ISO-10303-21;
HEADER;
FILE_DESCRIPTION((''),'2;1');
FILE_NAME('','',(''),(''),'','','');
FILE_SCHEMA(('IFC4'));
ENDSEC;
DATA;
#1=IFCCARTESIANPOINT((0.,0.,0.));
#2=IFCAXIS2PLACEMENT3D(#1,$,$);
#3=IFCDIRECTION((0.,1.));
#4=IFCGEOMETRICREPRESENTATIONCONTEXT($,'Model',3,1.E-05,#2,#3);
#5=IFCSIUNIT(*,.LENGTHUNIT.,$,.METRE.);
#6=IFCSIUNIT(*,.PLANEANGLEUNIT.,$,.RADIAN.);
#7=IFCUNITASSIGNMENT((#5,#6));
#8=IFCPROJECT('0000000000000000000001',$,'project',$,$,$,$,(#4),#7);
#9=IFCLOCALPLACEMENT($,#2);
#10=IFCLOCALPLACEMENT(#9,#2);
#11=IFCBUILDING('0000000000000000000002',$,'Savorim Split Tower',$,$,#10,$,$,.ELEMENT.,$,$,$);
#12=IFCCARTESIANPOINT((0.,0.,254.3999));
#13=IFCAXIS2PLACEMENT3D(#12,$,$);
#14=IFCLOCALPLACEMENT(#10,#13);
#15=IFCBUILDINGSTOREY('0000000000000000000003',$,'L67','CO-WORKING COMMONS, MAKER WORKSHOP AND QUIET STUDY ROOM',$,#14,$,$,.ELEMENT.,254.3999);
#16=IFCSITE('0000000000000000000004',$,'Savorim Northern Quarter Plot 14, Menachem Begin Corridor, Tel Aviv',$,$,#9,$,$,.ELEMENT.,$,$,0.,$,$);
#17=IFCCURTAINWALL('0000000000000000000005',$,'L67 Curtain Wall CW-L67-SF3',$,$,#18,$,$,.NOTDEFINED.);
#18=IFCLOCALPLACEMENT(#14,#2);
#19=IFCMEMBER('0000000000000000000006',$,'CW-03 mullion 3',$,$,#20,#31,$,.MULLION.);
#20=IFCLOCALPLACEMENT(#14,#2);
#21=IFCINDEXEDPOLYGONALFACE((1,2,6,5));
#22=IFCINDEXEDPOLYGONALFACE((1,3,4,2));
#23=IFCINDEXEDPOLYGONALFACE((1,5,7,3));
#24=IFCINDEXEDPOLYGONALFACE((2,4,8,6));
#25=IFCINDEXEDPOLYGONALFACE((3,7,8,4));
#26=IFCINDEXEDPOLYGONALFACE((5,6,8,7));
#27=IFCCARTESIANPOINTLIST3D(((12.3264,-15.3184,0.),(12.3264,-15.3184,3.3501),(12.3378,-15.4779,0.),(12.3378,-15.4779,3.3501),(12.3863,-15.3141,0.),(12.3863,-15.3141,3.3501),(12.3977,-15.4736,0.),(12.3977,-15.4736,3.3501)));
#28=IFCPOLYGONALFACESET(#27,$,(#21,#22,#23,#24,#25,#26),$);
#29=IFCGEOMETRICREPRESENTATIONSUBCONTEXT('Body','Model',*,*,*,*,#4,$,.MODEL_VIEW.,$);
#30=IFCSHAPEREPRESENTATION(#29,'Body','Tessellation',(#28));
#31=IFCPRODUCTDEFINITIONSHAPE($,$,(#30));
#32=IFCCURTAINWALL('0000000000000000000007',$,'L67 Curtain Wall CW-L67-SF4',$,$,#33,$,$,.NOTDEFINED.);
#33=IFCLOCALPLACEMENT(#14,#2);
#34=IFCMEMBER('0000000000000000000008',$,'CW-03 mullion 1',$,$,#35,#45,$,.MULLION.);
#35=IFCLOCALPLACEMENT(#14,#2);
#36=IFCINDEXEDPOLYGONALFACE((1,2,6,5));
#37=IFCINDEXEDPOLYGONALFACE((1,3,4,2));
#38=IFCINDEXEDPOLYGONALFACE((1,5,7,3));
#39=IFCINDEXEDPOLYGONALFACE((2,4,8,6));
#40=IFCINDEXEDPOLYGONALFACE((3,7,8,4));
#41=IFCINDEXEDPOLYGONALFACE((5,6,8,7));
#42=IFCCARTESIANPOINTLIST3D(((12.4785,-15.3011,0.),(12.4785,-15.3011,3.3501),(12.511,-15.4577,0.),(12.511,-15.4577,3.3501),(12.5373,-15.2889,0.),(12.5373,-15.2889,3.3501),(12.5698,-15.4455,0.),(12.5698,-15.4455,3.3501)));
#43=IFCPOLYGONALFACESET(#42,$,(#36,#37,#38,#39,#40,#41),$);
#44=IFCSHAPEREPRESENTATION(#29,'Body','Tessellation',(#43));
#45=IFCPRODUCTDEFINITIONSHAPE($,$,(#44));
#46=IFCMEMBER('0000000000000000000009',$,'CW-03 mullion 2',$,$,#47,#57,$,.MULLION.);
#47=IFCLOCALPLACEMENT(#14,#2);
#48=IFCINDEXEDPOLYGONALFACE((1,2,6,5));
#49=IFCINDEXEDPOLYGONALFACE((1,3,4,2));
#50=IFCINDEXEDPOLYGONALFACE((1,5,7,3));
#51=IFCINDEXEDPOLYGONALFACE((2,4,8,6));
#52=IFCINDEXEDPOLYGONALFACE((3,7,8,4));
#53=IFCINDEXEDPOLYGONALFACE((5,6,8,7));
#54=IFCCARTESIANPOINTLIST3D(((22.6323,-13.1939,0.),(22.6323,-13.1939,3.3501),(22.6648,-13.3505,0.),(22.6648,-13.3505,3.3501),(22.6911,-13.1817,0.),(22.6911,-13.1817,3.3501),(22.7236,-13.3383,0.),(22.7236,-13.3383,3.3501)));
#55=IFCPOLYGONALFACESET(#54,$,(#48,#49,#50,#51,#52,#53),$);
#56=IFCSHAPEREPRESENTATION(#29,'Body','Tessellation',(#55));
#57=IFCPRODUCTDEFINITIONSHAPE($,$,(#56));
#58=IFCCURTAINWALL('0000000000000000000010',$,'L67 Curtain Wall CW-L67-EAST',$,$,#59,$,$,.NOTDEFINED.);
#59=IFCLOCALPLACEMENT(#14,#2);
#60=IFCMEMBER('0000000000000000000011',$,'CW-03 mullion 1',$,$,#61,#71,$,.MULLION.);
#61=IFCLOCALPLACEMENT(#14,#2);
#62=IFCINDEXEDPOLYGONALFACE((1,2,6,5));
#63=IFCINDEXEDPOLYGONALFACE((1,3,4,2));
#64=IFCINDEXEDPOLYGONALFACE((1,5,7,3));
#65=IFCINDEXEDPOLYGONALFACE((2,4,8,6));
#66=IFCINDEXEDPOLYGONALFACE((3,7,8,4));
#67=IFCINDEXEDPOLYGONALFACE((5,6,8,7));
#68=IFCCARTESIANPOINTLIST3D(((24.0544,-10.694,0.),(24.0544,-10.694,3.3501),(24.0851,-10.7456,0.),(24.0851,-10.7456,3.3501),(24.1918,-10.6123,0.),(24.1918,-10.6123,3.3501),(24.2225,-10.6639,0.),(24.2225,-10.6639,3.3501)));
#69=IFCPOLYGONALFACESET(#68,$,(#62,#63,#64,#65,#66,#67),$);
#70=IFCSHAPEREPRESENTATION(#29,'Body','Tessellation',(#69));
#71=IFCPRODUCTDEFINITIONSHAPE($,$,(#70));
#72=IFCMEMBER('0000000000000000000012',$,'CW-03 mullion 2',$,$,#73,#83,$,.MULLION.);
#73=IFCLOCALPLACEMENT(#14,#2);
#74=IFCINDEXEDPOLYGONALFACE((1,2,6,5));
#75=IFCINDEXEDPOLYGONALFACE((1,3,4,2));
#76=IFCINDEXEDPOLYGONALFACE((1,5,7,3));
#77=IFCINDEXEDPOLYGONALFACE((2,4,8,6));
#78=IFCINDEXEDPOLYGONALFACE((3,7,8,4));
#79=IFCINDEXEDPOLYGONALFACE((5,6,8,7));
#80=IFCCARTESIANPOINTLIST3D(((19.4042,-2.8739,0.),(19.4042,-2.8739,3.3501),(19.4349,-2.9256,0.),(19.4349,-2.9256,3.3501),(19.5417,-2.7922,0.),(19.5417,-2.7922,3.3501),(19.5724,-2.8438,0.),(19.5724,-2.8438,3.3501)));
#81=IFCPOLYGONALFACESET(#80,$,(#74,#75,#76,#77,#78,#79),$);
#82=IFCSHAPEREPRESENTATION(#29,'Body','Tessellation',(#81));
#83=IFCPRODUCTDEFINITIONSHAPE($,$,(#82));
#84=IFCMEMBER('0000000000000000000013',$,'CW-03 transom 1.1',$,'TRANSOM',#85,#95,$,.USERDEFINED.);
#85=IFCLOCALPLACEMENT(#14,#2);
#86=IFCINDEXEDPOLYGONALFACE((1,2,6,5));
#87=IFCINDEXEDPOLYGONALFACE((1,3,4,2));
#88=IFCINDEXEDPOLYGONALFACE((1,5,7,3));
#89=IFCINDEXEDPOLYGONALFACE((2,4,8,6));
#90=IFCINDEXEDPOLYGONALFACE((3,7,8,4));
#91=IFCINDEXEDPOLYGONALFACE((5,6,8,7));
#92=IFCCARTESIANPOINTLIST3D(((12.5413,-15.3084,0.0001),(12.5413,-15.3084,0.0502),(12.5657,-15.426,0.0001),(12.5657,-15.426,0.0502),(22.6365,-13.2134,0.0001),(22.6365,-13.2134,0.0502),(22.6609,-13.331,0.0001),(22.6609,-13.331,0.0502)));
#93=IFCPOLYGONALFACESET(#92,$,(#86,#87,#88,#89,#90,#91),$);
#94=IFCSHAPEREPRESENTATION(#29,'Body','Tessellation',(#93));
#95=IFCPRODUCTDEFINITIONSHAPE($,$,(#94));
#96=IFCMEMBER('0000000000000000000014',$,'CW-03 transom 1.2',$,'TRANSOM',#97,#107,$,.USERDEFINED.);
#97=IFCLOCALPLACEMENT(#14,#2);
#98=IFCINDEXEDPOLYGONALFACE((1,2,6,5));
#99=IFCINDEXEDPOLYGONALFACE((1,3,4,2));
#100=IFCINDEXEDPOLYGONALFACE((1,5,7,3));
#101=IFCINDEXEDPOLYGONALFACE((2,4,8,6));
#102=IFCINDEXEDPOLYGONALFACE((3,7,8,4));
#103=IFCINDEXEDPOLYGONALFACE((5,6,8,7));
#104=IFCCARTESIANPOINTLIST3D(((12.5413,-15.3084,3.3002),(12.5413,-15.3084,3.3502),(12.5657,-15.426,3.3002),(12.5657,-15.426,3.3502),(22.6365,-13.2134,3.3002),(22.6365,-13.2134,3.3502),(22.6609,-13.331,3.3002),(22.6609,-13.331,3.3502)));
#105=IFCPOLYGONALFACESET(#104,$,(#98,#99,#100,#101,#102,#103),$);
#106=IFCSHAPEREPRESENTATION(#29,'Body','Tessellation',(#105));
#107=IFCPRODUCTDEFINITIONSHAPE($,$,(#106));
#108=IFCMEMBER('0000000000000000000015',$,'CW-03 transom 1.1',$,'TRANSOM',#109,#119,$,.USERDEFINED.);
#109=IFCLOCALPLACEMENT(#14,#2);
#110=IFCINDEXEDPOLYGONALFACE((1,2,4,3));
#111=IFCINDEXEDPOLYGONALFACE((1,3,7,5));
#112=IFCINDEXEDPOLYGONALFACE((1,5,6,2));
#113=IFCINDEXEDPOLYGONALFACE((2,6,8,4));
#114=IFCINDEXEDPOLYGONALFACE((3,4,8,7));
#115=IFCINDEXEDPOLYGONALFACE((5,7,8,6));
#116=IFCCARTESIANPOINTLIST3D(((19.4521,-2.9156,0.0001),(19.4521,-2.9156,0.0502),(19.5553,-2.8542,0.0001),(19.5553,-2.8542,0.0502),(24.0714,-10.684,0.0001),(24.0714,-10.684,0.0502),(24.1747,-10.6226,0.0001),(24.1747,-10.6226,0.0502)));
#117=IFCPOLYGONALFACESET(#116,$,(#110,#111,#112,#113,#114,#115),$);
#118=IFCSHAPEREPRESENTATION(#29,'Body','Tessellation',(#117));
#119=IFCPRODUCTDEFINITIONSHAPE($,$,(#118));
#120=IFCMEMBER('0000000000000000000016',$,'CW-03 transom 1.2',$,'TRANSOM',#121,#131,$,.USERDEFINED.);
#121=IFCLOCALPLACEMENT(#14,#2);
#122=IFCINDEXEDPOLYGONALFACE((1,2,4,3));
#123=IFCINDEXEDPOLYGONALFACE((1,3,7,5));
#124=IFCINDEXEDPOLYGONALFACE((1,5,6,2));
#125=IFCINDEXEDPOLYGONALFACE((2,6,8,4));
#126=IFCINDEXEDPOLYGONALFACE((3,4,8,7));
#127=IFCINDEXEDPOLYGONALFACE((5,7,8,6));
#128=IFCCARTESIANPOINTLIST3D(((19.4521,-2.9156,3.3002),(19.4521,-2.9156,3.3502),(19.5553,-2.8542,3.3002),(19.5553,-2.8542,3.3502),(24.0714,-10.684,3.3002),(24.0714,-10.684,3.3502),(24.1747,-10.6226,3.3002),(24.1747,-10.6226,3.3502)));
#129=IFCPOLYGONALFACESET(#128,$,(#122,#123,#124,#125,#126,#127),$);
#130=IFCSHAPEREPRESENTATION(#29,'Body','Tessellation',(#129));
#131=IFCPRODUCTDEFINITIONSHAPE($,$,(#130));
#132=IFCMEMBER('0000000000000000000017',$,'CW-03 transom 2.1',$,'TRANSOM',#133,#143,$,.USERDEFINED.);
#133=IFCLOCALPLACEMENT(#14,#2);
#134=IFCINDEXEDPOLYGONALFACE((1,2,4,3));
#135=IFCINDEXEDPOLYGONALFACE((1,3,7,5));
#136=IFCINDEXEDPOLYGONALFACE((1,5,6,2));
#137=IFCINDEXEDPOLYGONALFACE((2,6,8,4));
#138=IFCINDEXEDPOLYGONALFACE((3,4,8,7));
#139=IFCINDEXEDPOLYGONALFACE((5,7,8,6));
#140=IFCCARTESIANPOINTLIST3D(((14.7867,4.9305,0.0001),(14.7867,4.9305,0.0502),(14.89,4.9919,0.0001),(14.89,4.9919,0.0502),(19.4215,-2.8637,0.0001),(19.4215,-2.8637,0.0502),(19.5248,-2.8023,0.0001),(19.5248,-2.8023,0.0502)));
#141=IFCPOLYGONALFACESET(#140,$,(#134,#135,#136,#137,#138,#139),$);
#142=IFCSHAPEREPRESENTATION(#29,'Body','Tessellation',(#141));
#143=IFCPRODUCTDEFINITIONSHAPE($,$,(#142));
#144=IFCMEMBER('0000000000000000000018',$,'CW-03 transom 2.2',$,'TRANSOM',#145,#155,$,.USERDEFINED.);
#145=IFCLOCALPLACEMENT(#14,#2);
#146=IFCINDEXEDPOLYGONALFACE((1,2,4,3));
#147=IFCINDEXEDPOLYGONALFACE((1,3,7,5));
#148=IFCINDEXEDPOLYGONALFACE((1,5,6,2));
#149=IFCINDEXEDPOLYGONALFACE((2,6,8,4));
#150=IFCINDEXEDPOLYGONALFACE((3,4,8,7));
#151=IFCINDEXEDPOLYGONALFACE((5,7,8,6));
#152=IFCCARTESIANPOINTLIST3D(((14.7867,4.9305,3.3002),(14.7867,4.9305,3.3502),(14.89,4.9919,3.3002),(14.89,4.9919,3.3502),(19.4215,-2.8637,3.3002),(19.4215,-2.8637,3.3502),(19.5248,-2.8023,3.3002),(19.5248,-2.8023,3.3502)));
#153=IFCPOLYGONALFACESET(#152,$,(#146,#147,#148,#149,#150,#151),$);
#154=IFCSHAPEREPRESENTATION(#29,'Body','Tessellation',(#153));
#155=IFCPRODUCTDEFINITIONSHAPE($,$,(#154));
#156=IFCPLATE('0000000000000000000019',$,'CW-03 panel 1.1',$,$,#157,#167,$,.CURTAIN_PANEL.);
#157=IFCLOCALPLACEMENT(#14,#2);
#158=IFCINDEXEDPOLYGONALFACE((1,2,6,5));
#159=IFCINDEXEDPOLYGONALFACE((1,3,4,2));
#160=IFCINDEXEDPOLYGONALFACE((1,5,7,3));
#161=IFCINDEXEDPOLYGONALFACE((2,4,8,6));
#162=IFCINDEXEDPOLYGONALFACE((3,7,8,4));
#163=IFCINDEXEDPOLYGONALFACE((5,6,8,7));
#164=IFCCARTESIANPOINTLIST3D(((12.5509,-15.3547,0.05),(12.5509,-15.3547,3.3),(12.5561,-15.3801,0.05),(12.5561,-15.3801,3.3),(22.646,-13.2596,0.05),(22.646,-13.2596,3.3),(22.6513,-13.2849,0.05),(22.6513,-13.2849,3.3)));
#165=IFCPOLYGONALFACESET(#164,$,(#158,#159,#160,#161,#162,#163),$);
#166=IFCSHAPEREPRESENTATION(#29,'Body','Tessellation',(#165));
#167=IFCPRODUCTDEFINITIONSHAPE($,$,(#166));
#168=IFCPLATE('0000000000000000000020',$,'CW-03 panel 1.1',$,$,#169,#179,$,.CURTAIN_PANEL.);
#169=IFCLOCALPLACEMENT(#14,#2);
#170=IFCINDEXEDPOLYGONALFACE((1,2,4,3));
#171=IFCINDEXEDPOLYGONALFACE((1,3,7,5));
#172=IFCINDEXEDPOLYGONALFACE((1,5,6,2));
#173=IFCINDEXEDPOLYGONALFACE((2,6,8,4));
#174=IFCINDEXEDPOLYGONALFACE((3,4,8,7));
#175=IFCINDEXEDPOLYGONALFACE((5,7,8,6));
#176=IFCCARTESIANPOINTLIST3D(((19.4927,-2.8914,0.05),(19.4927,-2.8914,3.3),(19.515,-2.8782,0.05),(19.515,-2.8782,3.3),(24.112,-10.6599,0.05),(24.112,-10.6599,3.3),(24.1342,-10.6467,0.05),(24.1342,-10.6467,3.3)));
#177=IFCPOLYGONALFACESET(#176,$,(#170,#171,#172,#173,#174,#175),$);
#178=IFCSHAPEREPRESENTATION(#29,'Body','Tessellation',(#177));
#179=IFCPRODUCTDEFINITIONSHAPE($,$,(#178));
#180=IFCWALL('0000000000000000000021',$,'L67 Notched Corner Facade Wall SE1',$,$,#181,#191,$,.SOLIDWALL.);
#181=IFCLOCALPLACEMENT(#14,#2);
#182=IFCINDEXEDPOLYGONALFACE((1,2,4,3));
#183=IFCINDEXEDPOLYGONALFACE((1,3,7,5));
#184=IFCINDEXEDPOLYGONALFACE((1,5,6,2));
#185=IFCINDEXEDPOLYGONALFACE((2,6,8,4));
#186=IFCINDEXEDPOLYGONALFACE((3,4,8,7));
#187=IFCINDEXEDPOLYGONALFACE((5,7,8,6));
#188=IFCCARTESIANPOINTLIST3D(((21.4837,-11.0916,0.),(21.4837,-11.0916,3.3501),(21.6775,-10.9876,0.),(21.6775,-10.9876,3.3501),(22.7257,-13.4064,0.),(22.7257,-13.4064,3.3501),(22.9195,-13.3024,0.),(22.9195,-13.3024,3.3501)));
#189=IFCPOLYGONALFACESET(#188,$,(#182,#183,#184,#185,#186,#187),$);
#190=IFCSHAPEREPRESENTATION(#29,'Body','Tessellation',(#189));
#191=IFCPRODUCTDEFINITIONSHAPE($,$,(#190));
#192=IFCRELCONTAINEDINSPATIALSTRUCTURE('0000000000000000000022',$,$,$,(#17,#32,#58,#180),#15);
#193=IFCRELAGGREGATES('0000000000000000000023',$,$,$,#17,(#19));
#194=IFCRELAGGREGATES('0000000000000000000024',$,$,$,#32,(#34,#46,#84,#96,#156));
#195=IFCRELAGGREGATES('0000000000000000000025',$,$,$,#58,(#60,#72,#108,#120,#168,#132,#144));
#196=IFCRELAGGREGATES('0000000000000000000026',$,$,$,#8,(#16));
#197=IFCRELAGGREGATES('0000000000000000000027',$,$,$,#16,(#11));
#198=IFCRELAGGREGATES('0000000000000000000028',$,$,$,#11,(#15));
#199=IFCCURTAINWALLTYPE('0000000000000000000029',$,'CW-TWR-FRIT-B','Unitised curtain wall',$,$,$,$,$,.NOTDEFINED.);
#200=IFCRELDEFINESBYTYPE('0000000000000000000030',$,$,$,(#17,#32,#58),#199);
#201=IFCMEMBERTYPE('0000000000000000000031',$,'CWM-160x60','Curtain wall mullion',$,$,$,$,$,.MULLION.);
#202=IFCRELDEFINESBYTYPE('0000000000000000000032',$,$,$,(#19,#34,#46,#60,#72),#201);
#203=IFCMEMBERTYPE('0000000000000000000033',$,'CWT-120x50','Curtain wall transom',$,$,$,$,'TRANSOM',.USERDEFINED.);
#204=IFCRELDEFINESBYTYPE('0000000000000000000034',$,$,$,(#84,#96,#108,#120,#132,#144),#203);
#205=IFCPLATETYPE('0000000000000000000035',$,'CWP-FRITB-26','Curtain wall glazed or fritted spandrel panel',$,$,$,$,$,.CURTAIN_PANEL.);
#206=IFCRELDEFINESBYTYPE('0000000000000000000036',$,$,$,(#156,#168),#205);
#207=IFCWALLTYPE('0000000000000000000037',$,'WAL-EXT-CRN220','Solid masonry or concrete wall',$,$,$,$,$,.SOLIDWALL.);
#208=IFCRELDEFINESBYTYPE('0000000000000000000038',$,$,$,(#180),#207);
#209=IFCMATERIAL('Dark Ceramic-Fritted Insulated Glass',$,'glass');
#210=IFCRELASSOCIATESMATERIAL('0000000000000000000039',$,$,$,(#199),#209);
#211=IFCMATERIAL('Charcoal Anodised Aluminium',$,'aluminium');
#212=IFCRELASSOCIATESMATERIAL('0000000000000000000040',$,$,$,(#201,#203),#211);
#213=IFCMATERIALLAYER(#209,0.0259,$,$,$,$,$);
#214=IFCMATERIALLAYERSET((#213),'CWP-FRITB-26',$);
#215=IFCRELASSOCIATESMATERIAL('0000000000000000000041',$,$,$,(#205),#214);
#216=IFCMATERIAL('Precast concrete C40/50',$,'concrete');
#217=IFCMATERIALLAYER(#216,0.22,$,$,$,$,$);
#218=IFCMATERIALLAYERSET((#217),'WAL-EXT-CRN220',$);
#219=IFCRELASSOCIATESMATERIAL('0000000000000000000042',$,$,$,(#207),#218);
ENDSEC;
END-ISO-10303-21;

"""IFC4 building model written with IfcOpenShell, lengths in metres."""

from ifc_helpers import new_model, si_unit, direction, frame, frame_2d, origin, origin_2d, place, context, subcontext, project, spatial, rectangle, extrude, material, layer, layer_set, material_profile, profile_set, type_object, element, aggregate, save


model = new_model("IFC4")

# Units and contexts
model_context = context("Model", 3, precision=1e-05, world=origin(), true_north=direction((0.0, 1.0)))
body_context = subcontext(model_context, "Body", "Model", "MODEL_VIEW")
ifc_project = project(units=[si_unit("LENGTHUNIT", "METRE"), si_unit("PLANEANGLEUNIT", "RADIAN")], contexts=[model_context])

# Site, building, storey
site_placement = place(None, origin())
site = spatial("IfcSite", under=ifc_project, at=site_placement, Name="Savorim Northern Quarter Plot 14, Menachem Begin Corridor, Tel Aviv", CompositionType="ELEMENT", RefElevation=0.0)
building_placement = place(site_placement, origin())
building = spatial("IfcBuilding", under=site, at=building_placement, Name="Savorim Split Tower", CompositionType="ELEMENT")
storey_placement = place(building_placement, frame((0.0, 0.0, 254.3999)))
storey = spatial("IfcBuildingStorey", under=building, at=storey_placement, Name="L67", Description="CO-WORKING COMMONS, MAKER WORKSHOP AND QUIET STUDY ROOM", CompositionType="ELEMENT", Elevation=254.3999)

# Curtain wall, member
ifc_material_1 = material(Name="Dark Ceramic-Fritted Insulated Glass", Category="glass")
curtain_wall_type = type_object("IfcCurtainWallType", Name="CW-TWR-FRIT-B", Description="Unitised curtain wall", PredefinedType="NOTDEFINED", material=ifc_material_1)
curtain_wall_1_placement = place(storey_placement, origin())
curtain_wall_1 = element("IfcCurtainWall", 1, at=curtain_wall_1_placement, inside=storey, type_object=curtain_wall_type, Name="L67 Curtain Wall CW-L67-SF3", PredefinedType="NOTDEFINED")
ifc_material_2 = material(Name="Charcoal Anodised Aluminium", Category="aluminium")
ifc_material_profile_1 = material_profile(ifc_material_2, rectangle(XDim=0.1599, YDim=0.0601, at=origin_2d()), Name="ALU-M 160x60")
ifc_profile_set_1 = profile_set([ifc_material_profile_1], Name="Charcoal Anodised Aluminium")
member_type_1 = type_object("IfcMemberType", Name="CWM-160x60", Description="Curtain wall mullion", PredefinedType="MULLION", material=ifc_profile_set_1)
member_1_placement = place(storey_placement, frame((12.3621, -15.396, 0.0), z_axis=(0.0, 0.0, 1.0), x_axis=(-0.071562, 0.997436, 0.0)))
member_1 = element("IfcMember", 2, at=member_1_placement, type_object=member_type_1, Name="CW-03 mullion 3", PredefinedType="MULLION", context=body_context, shape_type="SweptSolid", body=[
    extrude(rectangle(XDim=0.1599, YDim=0.0601, at=origin_2d()), origin(), (0.0, 0.0, 1.0), 3.3501),
])
aggregate(curtain_wall_1, [member_1])

# Curtain walls, members
curtain_wall_2_placement = place(storey_placement, origin())
curtain_wall_2 = element("IfcCurtainWall", 3, at=curtain_wall_2_placement, inside=storey, type_object=curtain_wall_type, Name="L67 Curtain Wall CW-L67-SF4", PredefinedType="NOTDEFINED")
member_2_placement = place(storey_placement, frame((12.5242, -15.3733, 0.0), z_axis=(0.0, 0.0, 1.0), x_axis=(-0.203208, 0.979136, 0.0)))
member_2 = element("IfcMember", 4, at=member_2_placement, type_object=member_type_1, Name="CW-03 mullion 1", PredefinedType="MULLION", context=body_context, shape_type="SweptSolid", body=[
    extrude(rectangle(XDim=0.1599, YDim=0.0601, at=origin_2d()), origin(), (0.0, 0.0, 1.0), 3.3501),
])
member_3_placement = place(storey_placement, frame((22.678, -13.2661, 0.0), z_axis=(0.0, 0.0, 1.0), x_axis=(-0.203208, 0.979136, 0.0)))
member_3 = element("IfcMember", 5, at=member_3_placement, type_object=member_type_1, Name="CW-03 mullion 2", PredefinedType="MULLION", context=body_context, shape_type="SweptSolid", body=[
    extrude(rectangle(XDim=0.1599, YDim=0.0601, at=origin_2d()), origin(), (0.0, 0.0, 1.0), 3.3501),
])
curtain_wall_3_placement = place(storey_placement, origin())
curtain_wall_3 = element("IfcCurtainWall", 6, at=curtain_wall_3_placement, inside=storey, type_object=curtain_wall_type, Name="L67 Curtain Wall CW-L67-EAST", PredefinedType="NOTDEFINED")
member_4_placement = place(storey_placement, frame((24.1384, -10.679, 0.0), z_axis=(0.0, 0.0, 1.0), x_axis=(-0.859527, -0.51109, 0.0)))
member_4 = element("IfcMember", 7, at=member_4_placement, type_object=member_type_1, Name="CW-03 mullion 1", PredefinedType="MULLION", context=body_context, shape_type="SweptSolid", body=[
    extrude(rectangle(XDim=0.1599, YDim=0.0601, at=origin_2d()), origin(), (0.0, 0.0, 1.0), 3.3501),
])
member_5_placement = place(storey_placement, frame((19.4883, -2.8589, 0.0), z_axis=(0.0, 0.0, 1.0), x_axis=(-0.859527, -0.51109, 0.0)))
member_5 = element("IfcMember", 8, at=member_5_placement, type_object=member_type_1, Name="CW-03 mullion 2", PredefinedType="MULLION", context=body_context, shape_type="SweptSolid", body=[
    extrude(rectangle(XDim=0.1599, YDim=0.0601, at=origin_2d()), origin(), (0.0, 0.0, 1.0), 3.3501),
])

# Members
ifc_material_profile_2 = material_profile(ifc_material_2, rectangle(XDim=0.1201, YDim=0.05, at=origin_2d()), Name="ALU-T 120x50")
ifc_profile_set_2 = profile_set([ifc_material_profile_2], Name="Charcoal Anodised Aluminium")
member_type_2 = type_object("IfcMemberType", Name="CWT-120x50", Description="Curtain wall transom", ElementType="TRANSOM", PredefinedType="USERDEFINED", material=ifc_profile_set_2)
member_6_placement = place(storey_placement, frame((12.5535, -15.3672, 0.0251), z_axis=(0.979139, 0.203192, 0.0), x_axis=(-0.203192, 0.979139, 0.0)))
member_6 = element("IfcMember", 9, at=member_6_placement, type_object=member_type_2, Name="CW-03 transom 1.1", ObjectType="TRANSOM", PredefinedType="USERDEFINED", context=body_context, shape_type="SweptSolid", body=[
    extrude(rectangle(XDim=0.1201, YDim=0.05, at=origin_2d()), origin(), (0.0, 0.0, 1.0), 10.3103),
])
member_7_placement = place(storey_placement, frame((12.5535, -15.3672, 3.3252), z_axis=(0.979139, 0.203192, 0.0), x_axis=(-0.203192, 0.979139, 0.0)))
member_7 = element("IfcMember", 10, at=member_7_placement, type_object=member_type_2, Name="CW-03 transom 1.2", ObjectType="TRANSOM", PredefinedType="USERDEFINED", context=body_context, shape_type="SweptSolid", body=[
    extrude(rectangle(XDim=0.1201, YDim=0.05, at=origin_2d()), origin(), (0.0, 0.0, 1.0), 10.3103),
])
member_8_placement = place(storey_placement, frame((24.123, -10.6533, 0.0251), z_axis=(-0.511095, 0.859524, 0.0), x_axis=(-0.859524, -0.511095, 0.0)))
member_8 = element("IfcMember", 11, at=member_8_placement, type_object=member_type_2, Name="CW-03 transom 1.1", ObjectType="TRANSOM", PredefinedType="USERDEFINED", context=body_context, shape_type="SweptSolid", body=[
    extrude(rectangle(XDim=0.1201, YDim=0.05, at=origin_2d()), origin(), (0.0, 0.0, 1.0), 9.0381),
])
member_9_placement = place(storey_placement, frame((24.123, -10.6533, 3.3252), z_axis=(-0.511095, 0.859524, 0.0), x_axis=(-0.859524, -0.511095, 0.0)))
member_9 = element("IfcMember", 12, at=member_9_placement, type_object=member_type_2, Name="CW-03 transom 1.2", ObjectType="TRANSOM", PredefinedType="USERDEFINED", context=body_context, shape_type="SweptSolid", body=[
    extrude(rectangle(XDim=0.1201, YDim=0.05, at=origin_2d()), origin(), (0.0, 0.0, 1.0), 9.0381),
])
member_10_placement = place(storey_placement, frame((19.4731, -2.833, 0.0251), z_axis=(-0.511107, 0.859517, 0.0), x_axis=(-0.859517, -0.511107, 0.0)))
member_10 = element("IfcMember", 13, at=member_10_placement, type_object=member_type_2, Name="CW-03 transom 2.1", ObjectType="TRANSOM", PredefinedType="USERDEFINED", context=body_context, shape_type="SweptSolid", body=[
    extrude(rectangle(XDim=0.1201, YDim=0.05, at=origin_2d()), origin(), (0.0, 0.0, 1.0), 9.0681),
])
member_11_placement = place(storey_placement, frame((19.4731, -2.833, 3.3252), z_axis=(-0.511107, 0.859517, 0.0), x_axis=(-0.859517, -0.511107, 0.0)))
member_11 = element("IfcMember", 14, at=member_11_placement, type_object=member_type_2, Name="CW-03 transom 2.2", ObjectType="TRANSOM", PredefinedType="USERDEFINED", context=body_context, shape_type="SweptSolid", body=[
    extrude(rectangle(XDim=0.1201, YDim=0.05, at=origin_2d()), origin(), (0.0, 0.0, 1.0), 9.0681),
])

# Plates
ifc_layer_1 = layer(ifc_material_1, 0.0259)
ifc_layer_set_1 = layer_set([ifc_layer_1], Name="CWP-FRITB-26")
plate_type = type_object("IfcPlateType", Name="CWP-FRITB-26", Description="Curtain wall glazed or fritted spandrel panel", PredefinedType="CURTAIN_PANEL", material=ifc_layer_set_1)
plate_1_placement = place(storey_placement, frame((17.6011, -14.3198, 0.05), z_axis=(0.0, 0.0, 1.0), x_axis=(0.979136, 0.203208, 0.0)))
plate_1 = element("IfcPlate", 15, at=plate_1_placement, type_object=plate_type, Name="CW-03 panel 1.1", PredefinedType="CURTAIN_PANEL", context=body_context, shape_type="SweptSolid", body=[
    extrude(rectangle(XDim=10.3103, YDim=0.0259, at=origin_2d()), origin(), (0.0, 0.0, 1.0), 3.25),
])
aggregate(curtain_wall_2, [member_2, member_3, member_6, member_7, plate_1])
plate_2_placement = place(storey_placement, frame((21.8135, -6.769, 0.05), z_axis=(0.0, 0.0, 1.0), x_axis=(-0.51109, 0.859527, 0.0)))
plate_2 = element("IfcPlate", 16, at=plate_2_placement, type_object=plate_type, Name="CW-03 panel 1.1", PredefinedType="CURTAIN_PANEL", context=body_context, shape_type="SweptSolid", body=[
    extrude(rectangle(XDim=9.0381, YDim=0.0259, at=origin_2d()), origin(), (0.0, 0.0, 1.0), 3.25),
])
aggregate(curtain_wall_3, [member_4, member_5, member_8, member_9, plate_2, member_10, member_11])

# Wall
ifc_material_3 = material(Name="Precast concrete C40/50", Category="concrete")
ifc_layer_2 = layer(ifc_material_3, 0.22)
ifc_layer_set_2 = layer_set([ifc_layer_2], Name="WAL-EXT-CRN220")
wall_type_1 = type_object("IfcWallType", Name="WAL-EXT-CRN220", Description="Solid masonry or concrete wall", PredefinedType="SOLIDWALL", material=ifc_layer_set_2)
wall_1_placement = place(storey_placement, frame((21.5806, -11.0396, 0.0), z_axis=(0.0, 0.0, 1.0), x_axis=(0.472791, -0.881174, 0.0)))
element("IfcWall", 17, at=wall_1_placement, inside=storey, type_object=wall_type_1, Name="L67 Notched Corner Facade Wall SE1", PredefinedType="SOLIDWALL", context=body_context, shape_type="SweptSolid", body=[
    extrude(rectangle(XDim=2.627, YDim=0.22, at=frame_2d((1.3135, 0.0))), origin(), (0.0, 0.0, 1.0), 3.3501),
])

save(model, "model.ifc")
